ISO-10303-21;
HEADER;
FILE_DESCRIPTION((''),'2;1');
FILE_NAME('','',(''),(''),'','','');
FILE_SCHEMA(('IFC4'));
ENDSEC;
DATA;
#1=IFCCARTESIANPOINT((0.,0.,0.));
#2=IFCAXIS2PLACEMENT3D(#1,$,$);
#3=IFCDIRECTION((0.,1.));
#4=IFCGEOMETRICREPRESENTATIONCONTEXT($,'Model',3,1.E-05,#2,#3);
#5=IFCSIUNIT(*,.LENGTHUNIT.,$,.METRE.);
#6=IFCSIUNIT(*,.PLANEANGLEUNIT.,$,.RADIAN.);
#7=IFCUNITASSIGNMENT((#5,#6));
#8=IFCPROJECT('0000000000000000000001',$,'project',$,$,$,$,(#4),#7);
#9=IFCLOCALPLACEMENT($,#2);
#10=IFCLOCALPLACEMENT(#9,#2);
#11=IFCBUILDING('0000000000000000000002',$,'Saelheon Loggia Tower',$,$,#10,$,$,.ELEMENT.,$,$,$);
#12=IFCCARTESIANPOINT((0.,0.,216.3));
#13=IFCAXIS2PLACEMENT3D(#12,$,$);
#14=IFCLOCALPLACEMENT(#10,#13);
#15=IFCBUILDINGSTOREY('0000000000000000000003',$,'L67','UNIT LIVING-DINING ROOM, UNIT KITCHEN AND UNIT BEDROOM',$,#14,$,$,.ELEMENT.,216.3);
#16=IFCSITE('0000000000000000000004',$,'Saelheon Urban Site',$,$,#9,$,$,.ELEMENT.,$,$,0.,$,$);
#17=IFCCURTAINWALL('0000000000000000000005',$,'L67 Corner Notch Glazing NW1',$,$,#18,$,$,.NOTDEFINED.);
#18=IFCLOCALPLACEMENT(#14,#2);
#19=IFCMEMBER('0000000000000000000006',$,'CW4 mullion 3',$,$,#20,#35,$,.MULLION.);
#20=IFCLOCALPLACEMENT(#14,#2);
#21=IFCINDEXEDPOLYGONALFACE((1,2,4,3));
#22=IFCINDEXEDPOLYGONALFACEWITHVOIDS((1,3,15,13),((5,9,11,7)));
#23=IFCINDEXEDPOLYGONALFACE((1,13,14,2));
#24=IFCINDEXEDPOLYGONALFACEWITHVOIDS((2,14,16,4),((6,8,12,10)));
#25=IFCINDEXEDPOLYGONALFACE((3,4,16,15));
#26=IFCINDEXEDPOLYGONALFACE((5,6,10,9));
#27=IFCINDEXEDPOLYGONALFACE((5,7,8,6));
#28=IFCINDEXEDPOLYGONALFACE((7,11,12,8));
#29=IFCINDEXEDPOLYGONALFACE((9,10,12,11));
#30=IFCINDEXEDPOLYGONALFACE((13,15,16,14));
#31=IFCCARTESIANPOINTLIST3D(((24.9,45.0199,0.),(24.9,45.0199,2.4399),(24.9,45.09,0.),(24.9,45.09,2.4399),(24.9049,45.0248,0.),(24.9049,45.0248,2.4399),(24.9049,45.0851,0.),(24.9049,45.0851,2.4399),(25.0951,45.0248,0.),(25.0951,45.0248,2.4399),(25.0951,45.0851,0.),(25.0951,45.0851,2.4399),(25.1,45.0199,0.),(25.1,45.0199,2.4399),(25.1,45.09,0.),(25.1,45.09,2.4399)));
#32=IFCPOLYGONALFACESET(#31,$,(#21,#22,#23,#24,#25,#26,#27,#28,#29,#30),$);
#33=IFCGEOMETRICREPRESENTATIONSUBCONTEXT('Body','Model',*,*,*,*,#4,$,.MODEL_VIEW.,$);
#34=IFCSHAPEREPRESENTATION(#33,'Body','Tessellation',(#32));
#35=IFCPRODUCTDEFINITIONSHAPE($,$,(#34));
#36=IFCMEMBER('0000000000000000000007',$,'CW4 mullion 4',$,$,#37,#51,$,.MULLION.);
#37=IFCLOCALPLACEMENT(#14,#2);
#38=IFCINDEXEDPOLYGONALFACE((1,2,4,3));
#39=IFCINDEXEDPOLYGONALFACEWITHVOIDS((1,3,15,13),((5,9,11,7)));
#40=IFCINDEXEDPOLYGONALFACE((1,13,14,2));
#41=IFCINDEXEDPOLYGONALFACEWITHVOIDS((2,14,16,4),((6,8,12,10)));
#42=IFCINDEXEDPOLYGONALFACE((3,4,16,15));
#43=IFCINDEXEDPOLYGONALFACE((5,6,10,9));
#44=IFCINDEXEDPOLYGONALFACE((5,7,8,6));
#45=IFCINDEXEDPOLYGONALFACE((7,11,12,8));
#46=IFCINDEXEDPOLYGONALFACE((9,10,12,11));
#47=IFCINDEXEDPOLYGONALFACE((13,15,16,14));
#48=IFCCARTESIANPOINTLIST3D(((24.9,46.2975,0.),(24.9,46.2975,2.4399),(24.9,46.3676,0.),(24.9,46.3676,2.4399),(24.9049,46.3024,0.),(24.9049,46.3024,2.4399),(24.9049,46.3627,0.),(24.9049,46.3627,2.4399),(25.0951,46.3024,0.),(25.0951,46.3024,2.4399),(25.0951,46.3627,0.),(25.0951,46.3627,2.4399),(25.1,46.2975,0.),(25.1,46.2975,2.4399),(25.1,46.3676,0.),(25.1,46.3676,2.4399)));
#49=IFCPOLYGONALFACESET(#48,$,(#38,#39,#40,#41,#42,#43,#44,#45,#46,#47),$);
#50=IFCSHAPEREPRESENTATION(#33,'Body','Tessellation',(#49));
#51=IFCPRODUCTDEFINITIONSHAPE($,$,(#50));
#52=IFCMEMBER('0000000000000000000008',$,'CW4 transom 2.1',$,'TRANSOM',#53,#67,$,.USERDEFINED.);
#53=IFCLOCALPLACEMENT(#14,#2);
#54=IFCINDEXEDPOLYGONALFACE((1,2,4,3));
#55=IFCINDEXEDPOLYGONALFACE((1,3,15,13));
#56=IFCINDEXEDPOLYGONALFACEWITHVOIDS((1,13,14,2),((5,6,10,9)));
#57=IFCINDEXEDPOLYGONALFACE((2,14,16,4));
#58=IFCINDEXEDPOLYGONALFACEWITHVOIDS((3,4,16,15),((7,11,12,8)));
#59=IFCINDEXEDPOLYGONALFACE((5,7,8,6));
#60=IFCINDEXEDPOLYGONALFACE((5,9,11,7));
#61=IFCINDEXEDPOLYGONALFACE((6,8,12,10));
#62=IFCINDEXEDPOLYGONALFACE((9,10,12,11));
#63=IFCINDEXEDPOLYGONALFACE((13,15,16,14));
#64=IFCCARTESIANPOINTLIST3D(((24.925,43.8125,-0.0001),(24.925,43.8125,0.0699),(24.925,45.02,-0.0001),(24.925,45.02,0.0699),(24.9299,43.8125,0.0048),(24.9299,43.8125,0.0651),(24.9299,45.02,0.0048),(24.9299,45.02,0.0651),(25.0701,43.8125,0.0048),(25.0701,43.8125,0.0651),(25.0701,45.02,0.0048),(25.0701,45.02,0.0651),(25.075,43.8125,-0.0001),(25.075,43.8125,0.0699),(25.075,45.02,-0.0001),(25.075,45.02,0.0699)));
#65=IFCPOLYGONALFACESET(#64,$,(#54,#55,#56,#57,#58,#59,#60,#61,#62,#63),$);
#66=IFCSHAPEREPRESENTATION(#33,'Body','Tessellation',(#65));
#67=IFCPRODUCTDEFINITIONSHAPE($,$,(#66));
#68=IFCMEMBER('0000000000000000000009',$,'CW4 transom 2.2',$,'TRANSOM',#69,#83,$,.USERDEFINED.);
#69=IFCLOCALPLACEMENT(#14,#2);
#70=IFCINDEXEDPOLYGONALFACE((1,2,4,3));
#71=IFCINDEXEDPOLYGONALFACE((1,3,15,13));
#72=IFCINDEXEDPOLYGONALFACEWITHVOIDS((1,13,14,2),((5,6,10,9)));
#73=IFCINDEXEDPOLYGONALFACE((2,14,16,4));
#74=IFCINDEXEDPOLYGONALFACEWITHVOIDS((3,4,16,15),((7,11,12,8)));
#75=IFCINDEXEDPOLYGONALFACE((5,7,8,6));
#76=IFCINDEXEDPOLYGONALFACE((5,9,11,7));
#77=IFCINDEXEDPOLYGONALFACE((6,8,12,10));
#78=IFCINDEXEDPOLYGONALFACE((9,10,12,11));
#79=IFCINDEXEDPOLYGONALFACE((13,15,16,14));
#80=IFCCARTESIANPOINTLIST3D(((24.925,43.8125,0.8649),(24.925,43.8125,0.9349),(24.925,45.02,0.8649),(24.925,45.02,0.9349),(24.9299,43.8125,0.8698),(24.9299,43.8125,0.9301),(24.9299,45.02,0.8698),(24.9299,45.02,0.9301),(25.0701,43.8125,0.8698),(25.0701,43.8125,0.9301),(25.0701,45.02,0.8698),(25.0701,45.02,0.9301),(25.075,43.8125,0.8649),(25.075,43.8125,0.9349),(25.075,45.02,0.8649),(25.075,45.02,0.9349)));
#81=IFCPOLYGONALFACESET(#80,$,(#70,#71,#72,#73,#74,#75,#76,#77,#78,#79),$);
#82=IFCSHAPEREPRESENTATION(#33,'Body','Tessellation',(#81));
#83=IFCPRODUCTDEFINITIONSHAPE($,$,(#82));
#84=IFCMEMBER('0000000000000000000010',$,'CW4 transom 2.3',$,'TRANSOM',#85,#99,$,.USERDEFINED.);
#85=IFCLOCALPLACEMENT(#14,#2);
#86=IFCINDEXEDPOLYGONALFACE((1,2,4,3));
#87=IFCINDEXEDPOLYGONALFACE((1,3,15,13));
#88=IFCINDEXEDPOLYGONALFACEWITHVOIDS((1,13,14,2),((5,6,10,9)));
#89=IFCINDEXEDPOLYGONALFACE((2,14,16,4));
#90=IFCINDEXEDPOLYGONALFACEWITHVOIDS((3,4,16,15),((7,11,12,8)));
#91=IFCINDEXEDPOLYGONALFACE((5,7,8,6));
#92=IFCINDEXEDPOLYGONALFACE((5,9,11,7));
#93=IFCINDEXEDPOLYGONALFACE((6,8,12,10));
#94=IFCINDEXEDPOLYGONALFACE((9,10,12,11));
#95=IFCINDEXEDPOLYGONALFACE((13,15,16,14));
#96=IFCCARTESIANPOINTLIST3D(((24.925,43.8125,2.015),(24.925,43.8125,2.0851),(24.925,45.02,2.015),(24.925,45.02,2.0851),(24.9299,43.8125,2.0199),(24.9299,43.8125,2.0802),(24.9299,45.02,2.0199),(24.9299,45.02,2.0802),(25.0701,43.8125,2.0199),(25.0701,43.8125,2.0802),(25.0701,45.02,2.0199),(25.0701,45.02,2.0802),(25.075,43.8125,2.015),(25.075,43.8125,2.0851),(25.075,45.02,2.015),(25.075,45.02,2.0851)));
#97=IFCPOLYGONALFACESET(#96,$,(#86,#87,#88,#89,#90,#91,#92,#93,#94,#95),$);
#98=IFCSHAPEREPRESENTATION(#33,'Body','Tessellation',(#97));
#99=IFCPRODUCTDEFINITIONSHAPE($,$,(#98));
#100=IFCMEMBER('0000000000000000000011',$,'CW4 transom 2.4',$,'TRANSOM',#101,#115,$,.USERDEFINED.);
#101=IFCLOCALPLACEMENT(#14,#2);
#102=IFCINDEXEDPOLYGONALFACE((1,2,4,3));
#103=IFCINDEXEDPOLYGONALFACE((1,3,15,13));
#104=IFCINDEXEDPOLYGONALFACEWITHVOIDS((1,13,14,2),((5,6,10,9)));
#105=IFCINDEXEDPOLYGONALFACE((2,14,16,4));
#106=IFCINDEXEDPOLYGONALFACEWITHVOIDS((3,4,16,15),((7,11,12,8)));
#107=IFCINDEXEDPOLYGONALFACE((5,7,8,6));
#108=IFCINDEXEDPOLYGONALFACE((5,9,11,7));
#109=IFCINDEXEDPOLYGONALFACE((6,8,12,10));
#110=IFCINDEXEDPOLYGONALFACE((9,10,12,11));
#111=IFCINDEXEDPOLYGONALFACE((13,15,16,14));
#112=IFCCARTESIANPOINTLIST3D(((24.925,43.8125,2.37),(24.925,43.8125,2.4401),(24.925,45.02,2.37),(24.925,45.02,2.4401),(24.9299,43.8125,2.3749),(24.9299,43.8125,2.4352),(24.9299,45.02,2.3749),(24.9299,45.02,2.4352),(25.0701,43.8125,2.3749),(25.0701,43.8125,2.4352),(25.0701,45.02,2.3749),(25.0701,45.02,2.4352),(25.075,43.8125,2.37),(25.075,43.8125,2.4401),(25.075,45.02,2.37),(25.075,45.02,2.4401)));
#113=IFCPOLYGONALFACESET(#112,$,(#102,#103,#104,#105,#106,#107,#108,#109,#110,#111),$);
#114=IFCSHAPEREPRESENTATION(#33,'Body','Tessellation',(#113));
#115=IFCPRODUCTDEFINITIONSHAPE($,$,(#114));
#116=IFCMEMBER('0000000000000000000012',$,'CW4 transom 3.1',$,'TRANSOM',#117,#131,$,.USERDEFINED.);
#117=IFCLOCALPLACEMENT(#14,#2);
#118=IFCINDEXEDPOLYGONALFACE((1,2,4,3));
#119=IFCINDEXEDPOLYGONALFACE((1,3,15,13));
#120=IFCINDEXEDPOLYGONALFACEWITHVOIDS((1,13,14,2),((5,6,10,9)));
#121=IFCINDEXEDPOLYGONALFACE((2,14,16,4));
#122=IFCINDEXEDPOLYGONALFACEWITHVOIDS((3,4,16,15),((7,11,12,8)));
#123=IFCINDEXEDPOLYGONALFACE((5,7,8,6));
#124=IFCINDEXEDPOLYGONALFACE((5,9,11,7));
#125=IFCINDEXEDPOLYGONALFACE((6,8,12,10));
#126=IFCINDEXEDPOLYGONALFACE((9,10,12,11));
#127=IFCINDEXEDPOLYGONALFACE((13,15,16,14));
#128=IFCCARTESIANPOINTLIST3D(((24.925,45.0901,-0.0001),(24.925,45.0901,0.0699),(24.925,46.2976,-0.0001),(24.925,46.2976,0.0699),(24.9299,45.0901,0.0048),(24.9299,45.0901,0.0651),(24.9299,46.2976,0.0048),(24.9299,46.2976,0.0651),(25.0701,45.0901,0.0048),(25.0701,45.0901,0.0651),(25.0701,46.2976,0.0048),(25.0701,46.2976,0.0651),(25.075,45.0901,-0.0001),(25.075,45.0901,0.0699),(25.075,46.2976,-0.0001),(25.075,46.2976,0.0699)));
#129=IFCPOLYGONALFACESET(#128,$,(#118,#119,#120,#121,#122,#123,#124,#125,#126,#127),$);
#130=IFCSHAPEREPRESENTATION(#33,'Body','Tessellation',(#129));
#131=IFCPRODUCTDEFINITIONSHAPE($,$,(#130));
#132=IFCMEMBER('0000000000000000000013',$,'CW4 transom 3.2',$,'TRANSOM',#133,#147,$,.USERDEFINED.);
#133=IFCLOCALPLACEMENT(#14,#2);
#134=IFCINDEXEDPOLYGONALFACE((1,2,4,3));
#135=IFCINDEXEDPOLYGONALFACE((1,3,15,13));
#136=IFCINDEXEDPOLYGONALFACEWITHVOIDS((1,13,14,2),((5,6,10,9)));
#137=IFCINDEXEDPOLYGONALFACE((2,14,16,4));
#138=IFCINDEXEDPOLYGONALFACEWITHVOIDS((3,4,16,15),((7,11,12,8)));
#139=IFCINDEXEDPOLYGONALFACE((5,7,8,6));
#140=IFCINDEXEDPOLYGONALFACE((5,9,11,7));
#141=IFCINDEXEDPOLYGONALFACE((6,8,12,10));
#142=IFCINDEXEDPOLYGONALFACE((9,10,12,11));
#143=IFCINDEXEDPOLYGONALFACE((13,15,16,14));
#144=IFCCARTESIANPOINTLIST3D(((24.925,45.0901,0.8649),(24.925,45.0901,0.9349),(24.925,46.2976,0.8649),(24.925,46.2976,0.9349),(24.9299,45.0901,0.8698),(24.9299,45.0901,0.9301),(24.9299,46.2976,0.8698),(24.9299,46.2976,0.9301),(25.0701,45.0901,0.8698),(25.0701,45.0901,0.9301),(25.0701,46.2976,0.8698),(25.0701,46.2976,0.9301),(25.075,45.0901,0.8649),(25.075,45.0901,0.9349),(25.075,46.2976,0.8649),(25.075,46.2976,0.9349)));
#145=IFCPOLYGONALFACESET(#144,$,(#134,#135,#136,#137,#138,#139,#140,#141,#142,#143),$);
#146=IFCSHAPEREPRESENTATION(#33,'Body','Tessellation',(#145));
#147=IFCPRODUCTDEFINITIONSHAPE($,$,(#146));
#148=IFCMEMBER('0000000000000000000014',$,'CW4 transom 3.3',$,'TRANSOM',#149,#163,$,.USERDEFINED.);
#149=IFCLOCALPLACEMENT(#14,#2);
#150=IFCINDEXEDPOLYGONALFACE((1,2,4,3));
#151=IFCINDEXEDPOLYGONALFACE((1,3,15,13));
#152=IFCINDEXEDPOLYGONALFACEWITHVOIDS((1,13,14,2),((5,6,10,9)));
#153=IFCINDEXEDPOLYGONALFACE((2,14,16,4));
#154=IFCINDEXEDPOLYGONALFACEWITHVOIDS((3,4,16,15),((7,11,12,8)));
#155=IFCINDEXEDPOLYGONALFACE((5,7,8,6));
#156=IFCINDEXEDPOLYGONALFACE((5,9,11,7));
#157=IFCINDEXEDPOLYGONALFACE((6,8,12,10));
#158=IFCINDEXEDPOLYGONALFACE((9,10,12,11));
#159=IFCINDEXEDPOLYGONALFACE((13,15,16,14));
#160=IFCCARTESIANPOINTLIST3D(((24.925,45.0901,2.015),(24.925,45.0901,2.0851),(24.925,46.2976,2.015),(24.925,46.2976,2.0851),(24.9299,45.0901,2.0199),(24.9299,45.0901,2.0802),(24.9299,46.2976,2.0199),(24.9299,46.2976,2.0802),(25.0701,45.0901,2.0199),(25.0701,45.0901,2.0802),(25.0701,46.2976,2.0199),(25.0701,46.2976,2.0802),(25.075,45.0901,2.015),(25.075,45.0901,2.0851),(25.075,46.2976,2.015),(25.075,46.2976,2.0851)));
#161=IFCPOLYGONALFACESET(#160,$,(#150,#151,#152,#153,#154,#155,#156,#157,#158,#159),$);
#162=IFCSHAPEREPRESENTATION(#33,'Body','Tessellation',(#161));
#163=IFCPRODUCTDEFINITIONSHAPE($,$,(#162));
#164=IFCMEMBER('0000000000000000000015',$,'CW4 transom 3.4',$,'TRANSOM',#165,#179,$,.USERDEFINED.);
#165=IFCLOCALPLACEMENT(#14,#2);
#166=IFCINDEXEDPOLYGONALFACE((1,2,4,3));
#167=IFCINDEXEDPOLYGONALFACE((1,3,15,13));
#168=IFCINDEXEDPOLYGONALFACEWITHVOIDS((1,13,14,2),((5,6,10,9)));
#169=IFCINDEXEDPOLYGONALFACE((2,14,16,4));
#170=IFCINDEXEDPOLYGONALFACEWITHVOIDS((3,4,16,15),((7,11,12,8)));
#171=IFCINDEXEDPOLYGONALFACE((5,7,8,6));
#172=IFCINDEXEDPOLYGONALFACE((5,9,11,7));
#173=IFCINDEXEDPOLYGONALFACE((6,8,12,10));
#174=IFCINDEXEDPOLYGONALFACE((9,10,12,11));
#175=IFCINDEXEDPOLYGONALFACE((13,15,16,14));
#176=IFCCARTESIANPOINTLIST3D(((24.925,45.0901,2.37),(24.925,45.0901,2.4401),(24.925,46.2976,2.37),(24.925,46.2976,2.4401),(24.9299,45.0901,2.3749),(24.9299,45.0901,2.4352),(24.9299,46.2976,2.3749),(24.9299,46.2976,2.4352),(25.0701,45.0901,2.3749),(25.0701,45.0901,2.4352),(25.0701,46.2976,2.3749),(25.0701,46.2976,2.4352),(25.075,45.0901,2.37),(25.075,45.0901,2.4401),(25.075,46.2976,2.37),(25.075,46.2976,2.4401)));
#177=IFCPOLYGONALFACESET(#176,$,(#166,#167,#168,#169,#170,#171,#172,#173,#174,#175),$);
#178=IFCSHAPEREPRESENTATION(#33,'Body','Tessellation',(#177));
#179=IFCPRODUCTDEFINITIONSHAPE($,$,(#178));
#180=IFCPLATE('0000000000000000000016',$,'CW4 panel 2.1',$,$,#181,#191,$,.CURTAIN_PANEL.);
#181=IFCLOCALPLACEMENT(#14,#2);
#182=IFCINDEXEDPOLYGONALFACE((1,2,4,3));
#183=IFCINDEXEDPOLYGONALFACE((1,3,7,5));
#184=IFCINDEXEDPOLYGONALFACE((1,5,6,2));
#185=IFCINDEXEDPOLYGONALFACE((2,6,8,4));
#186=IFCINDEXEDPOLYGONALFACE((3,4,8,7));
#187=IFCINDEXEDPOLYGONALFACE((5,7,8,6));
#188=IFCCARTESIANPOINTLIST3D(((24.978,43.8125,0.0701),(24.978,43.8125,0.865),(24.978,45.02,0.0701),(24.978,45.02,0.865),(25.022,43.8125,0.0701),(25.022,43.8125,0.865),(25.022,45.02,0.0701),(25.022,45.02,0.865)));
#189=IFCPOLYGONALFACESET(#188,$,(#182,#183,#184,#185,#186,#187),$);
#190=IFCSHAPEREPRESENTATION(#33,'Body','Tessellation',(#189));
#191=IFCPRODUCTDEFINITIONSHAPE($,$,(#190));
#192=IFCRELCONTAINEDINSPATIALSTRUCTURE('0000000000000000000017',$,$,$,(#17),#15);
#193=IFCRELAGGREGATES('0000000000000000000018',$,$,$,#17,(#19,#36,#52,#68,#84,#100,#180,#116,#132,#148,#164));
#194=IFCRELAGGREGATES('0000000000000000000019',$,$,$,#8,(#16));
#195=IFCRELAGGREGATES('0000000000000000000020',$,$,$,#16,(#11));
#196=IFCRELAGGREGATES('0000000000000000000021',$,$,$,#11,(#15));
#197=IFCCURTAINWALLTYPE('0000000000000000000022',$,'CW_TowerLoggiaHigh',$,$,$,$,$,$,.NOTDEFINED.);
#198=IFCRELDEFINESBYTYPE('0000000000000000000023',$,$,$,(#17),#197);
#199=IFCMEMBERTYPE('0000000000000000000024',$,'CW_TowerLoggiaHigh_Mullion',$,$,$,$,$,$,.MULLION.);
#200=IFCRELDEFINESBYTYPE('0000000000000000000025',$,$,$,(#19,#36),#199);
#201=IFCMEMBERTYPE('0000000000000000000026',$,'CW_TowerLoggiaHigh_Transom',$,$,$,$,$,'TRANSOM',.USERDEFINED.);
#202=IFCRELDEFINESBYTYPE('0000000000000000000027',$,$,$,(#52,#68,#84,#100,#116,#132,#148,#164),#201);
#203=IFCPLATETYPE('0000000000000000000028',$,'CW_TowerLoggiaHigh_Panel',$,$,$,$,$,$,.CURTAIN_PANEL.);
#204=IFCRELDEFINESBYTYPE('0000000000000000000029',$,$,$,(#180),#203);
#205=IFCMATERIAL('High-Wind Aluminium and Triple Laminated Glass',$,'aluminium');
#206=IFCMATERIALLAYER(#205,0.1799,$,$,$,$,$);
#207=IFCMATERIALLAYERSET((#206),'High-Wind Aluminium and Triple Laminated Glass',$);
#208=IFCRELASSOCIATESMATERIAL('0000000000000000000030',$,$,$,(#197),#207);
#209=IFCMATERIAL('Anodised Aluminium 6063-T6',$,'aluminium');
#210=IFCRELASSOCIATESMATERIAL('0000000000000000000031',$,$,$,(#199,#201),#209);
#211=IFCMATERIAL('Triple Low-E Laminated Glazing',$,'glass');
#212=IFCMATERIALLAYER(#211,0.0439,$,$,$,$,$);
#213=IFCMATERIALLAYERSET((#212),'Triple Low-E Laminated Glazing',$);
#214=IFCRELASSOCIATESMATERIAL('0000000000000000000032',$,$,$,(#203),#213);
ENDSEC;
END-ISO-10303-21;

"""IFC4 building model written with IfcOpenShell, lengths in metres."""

from ifc_helpers import new_model, si_unit, direction, frame, origin, origin_2d, place, context, subcontext, project, spatial, rectangle, hollow_rectangle, extrude, source, transform, mapped, material, layer, layer_set, material_profile, profile_set, type_object, element, aggregate, save


model = new_model("IFC4")

# Units and contexts
model_context = context("Model", 3, precision=1e-05, world=origin(), true_north=direction((0.0, 1.0)))
body_context = subcontext(model_context, "Body", "Model", "MODEL_VIEW")
ifc_project = project(units=[si_unit("LENGTHUNIT", "METRE"), si_unit("PLANEANGLEUNIT", "RADIAN")], contexts=[model_context])

# Site, building, storey
site_placement = place(None, origin())
site = spatial("IfcSite", under=ifc_project, at=site_placement, Name="Saelheon Urban Site", CompositionType="ELEMENT", RefElevation=0.0)
building_placement = place(site_placement, origin())
building = spatial("IfcBuilding", under=site, at=building_placement, Name="Saelheon Loggia Tower", CompositionType="ELEMENT")
storey_placement = place(building_placement, frame((0.0, 0.0, 216.3)))
storey = spatial("IfcBuildingStorey", under=building, at=storey_placement, Name="L67", Description="UNIT LIVING-DINING ROOM, UNIT KITCHEN AND UNIT BEDROOM", CompositionType="ELEMENT", Elevation=216.3)

# Curtain wall, members, plate
ifc_material_1 = material(Name="High-Wind Aluminium and Triple Laminated Glass", Category="aluminium")
ifc_layer_1 = layer(ifc_material_1, 0.1799)
ifc_layer_set_1 = layer_set([ifc_layer_1], Name="High-Wind Aluminium and Triple Laminated Glass")
curtain_wall_type = type_object("IfcCurtainWallType", Name="CW_TowerLoggiaHigh", PredefinedType="NOTDEFINED", material=ifc_layer_set_1)
curtain_wall_placement = place(storey_placement, origin())
curtain_wall = element("IfcCurtainWall", 1, at=curtain_wall_placement, inside=storey, type_object=curtain_wall_type, Name="L67 Corner Notch Glazing NW1", PredefinedType="NOTDEFINED")
ifc_material_2 = material(Name="Anodised Aluminium 6063-T6", Category="aluminium")
ifc_material_profile_1 = material_profile(ifc_material_2, hollow_rectangle(XDim=0.0701, YDim=0.2, WallThickness=0.0049, at=origin_2d()), Name="RHS-200x70x5")
ifc_profile_set_1 = profile_set([ifc_material_profile_1], Name="Anodised Aluminium 6063-T6")
member_type_1 = type_object("IfcMemberType", Name="CW_TowerLoggiaHigh_Mullion", PredefinedType="MULLION", material=ifc_profile_set_1)
shared_shape_1 = source(origin(), body_context, "Body", "SweptSolid", [
    extrude(hollow_rectangle(XDim=0.0701, YDim=0.2, WallThickness=0.0049, at=origin_2d()), origin(), (0.0, 0.0, 1.0), 2.4399),
])
member_1_placement = place(storey_placement, frame((25.0, 45.0549, 0.0), z_axis=(0.0, 0.0, 1.0), x_axis=(0.0, 1.0, 0.0)))
member_1 = element("IfcMember", 2, at=member_1_placement, type_object=member_type_1, Name="CW4 mullion 3", PredefinedType="MULLION", context=body_context, shape_type="MappedRepresentation", body=[
    mapped(shared_shape_1, transform((0.0, 0.0, 0.0), scale=1.0)),
])
member_2_placement = place(storey_placement, frame((25.0, 46.3325, 0.0), z_axis=(0.0, 0.0, 1.0), x_axis=(0.0, 1.0, 0.0)))
member_2 = element("IfcMember", 3, at=member_2_placement, type_object=member_type_1, Name="CW4 mullion 4", PredefinedType="MULLION", context=body_context, shape_type="MappedRepresentation", body=[
    mapped(shared_shape_1, transform((0.0, 0.0, 0.0), scale=1.0)),
])
ifc_material_profile_2 = material_profile(ifc_material_2, hollow_rectangle(XDim=0.0701, YDim=0.1499, WallThickness=0.0049, at=origin_2d()), Name="RHS-150x70x5")
ifc_profile_set_2 = profile_set([ifc_material_profile_2], Name="Anodised Aluminium 6063-T6")
member_type_2 = type_object("IfcMemberType", Name="CW_TowerLoggiaHigh_Transom", ElementType="TRANSOM", PredefinedType="USERDEFINED", material=ifc_profile_set_2)
shared_shape_2 = source(origin(), body_context, "Body", "SweptSolid", [
    extrude(hollow_rectangle(XDim=0.0701, YDim=0.1499, WallThickness=0.0049, at=origin_2d()), origin(), (0.0, 0.0, 1.0), 1.2075),
])
member_3_placement = place(storey_placement, frame((25.0, 43.8125, 0.0349), z_axis=(0.0, 1.0, 0.0), x_axis=(0.0, 0.0, 1.0)))
member_3 = element("IfcMember", 4, at=member_3_placement, type_object=member_type_2, Name="CW4 transom 2.1", ObjectType="TRANSOM", PredefinedType="USERDEFINED", context=body_context, shape_type="MappedRepresentation", body=[
    mapped(shared_shape_2, transform((0.0, 0.0, 0.0), scale=1.0)),
])
member_4_placement = place(storey_placement, frame((25.0, 43.8125, 0.8999), z_axis=(0.0, 1.0, 0.0), x_axis=(0.0, 0.0, 1.0)))
member_4 = element("IfcMember", 5, at=member_4_placement, type_object=member_type_2, Name="CW4 transom 2.2", ObjectType="TRANSOM", PredefinedType="USERDEFINED", context=body_context, shape_type="MappedRepresentation", body=[
    mapped(shared_shape_2, transform((0.0, 0.0, 0.0), scale=1.0)),
])
member_5_placement = place(storey_placement, frame((25.0, 43.8125, 2.05), z_axis=(0.0, 1.0, 0.0), x_axis=(0.0, 0.0, 1.0)))
member_5 = element("IfcMember", 6, at=member_5_placement, type_object=member_type_2, Name="CW4 transom 2.3", ObjectType="TRANSOM", PredefinedType="USERDEFINED", context=body_context, shape_type="MappedRepresentation", body=[
    mapped(shared_shape_2, transform((0.0, 0.0, 0.0), scale=1.0)),
])
member_6_placement = place(storey_placement, frame((25.0, 43.8125, 2.405), z_axis=(0.0, 1.0, 0.0), x_axis=(0.0, 0.0, 1.0)))
member_6 = element("IfcMember", 7, at=member_6_placement, type_object=member_type_2, Name="CW4 transom 2.4", ObjectType="TRANSOM", PredefinedType="USERDEFINED", context=body_context, shape_type="MappedRepresentation", body=[
    mapped(shared_shape_2, transform((0.0, 0.0, 0.0), scale=1.0)),
])
member_7_placement = place(storey_placement, frame((25.0, 45.0901, 0.0349), z_axis=(0.0, 1.0, 0.0), x_axis=(0.0, 0.0, 1.0)))
member_7 = element("IfcMember", 8, at=member_7_placement, type_object=member_type_2, Name="CW4 transom 3.1", ObjectType="TRANSOM", PredefinedType="USERDEFINED", context=body_context, shape_type="MappedRepresentation", body=[
    mapped(shared_shape_2, transform((0.0, 0.0, 0.0), scale=1.0)),
])
member_8_placement = place(storey_placement, frame((25.0, 45.0901, 0.8999), z_axis=(0.0, 1.0, 0.0), x_axis=(0.0, 0.0, 1.0)))
member_8 = element("IfcMember", 9, at=member_8_placement, type_object=member_type_2, Name="CW4 transom 3.2", ObjectType="TRANSOM", PredefinedType="USERDEFINED", context=body_context, shape_type="MappedRepresentation", body=[
    mapped(shared_shape_2, transform((0.0, 0.0, 0.0), scale=1.0)),
])
member_9_placement = place(storey_placement, frame((25.0, 45.0901, 2.05), z_axis=(0.0, 1.0, 0.0), x_axis=(0.0, 0.0, 1.0)))
member_9 = element("IfcMember", 10, at=member_9_placement, type_object=member_type_2, Name="CW4 transom 3.3", ObjectType="TRANSOM", PredefinedType="USERDEFINED", context=body_context, shape_type="MappedRepresentation", body=[
    mapped(shared_shape_2, transform((0.0, 0.0, 0.0), scale=1.0)),
])
member_10_placement = place(storey_placement, frame((25.0, 45.0901, 2.405), z_axis=(0.0, 1.0, 0.0), x_axis=(0.0, 0.0, 1.0)))
member_10 = element("IfcMember", 11, at=member_10_placement, type_object=member_type_2, Name="CW4 transom 3.4", ObjectType="TRANSOM", PredefinedType="USERDEFINED", context=body_context, shape_type="MappedRepresentation", body=[
    mapped(shared_shape_2, transform((0.0, 0.0, 0.0), scale=1.0)),
])
ifc_material_3 = material(Name="Triple Low-E Laminated Glazing", Category="glass")
ifc_layer_2 = layer(ifc_material_3, 0.0439)
ifc_layer_set_2 = layer_set([ifc_layer_2], Name="Triple Low-E Laminated Glazing")
plate_type = type_object("IfcPlateType", Name="CW_TowerLoggiaHigh_Panel", PredefinedType="CURTAIN_PANEL", material=ifc_layer_set_2)
shared_shape_3 = source(origin(), body_context, "Body", "SweptSolid", [
    extrude(rectangle(XDim=1.2075, YDim=0.0439, at=origin_2d()), origin(), (0.0, 0.0, 1.0), 0.7949),
])
plate_1_placement = place(storey_placement, frame((25.0, 44.4163, 0.0701), z_axis=(0.0, 0.0, 1.0), x_axis=(0.0, 1.0, 0.0)))
plate_1 = element("IfcPlate", 12, at=plate_1_placement, type_object=plate_type, Name="CW4 panel 2.1", PredefinedType="CURTAIN_PANEL", context=body_context, shape_type="MappedRepresentation", body=[
    mapped(shared_shape_3, transform((0.0, 0.0, 0.0), scale=1.0)),
])
aggregate(curtain_wall, [member_1, member_2, member_3, member_4, member_5, member_6, plate_1, member_7, member_8, member_9, member_10])

save(model, "model.ifc")
